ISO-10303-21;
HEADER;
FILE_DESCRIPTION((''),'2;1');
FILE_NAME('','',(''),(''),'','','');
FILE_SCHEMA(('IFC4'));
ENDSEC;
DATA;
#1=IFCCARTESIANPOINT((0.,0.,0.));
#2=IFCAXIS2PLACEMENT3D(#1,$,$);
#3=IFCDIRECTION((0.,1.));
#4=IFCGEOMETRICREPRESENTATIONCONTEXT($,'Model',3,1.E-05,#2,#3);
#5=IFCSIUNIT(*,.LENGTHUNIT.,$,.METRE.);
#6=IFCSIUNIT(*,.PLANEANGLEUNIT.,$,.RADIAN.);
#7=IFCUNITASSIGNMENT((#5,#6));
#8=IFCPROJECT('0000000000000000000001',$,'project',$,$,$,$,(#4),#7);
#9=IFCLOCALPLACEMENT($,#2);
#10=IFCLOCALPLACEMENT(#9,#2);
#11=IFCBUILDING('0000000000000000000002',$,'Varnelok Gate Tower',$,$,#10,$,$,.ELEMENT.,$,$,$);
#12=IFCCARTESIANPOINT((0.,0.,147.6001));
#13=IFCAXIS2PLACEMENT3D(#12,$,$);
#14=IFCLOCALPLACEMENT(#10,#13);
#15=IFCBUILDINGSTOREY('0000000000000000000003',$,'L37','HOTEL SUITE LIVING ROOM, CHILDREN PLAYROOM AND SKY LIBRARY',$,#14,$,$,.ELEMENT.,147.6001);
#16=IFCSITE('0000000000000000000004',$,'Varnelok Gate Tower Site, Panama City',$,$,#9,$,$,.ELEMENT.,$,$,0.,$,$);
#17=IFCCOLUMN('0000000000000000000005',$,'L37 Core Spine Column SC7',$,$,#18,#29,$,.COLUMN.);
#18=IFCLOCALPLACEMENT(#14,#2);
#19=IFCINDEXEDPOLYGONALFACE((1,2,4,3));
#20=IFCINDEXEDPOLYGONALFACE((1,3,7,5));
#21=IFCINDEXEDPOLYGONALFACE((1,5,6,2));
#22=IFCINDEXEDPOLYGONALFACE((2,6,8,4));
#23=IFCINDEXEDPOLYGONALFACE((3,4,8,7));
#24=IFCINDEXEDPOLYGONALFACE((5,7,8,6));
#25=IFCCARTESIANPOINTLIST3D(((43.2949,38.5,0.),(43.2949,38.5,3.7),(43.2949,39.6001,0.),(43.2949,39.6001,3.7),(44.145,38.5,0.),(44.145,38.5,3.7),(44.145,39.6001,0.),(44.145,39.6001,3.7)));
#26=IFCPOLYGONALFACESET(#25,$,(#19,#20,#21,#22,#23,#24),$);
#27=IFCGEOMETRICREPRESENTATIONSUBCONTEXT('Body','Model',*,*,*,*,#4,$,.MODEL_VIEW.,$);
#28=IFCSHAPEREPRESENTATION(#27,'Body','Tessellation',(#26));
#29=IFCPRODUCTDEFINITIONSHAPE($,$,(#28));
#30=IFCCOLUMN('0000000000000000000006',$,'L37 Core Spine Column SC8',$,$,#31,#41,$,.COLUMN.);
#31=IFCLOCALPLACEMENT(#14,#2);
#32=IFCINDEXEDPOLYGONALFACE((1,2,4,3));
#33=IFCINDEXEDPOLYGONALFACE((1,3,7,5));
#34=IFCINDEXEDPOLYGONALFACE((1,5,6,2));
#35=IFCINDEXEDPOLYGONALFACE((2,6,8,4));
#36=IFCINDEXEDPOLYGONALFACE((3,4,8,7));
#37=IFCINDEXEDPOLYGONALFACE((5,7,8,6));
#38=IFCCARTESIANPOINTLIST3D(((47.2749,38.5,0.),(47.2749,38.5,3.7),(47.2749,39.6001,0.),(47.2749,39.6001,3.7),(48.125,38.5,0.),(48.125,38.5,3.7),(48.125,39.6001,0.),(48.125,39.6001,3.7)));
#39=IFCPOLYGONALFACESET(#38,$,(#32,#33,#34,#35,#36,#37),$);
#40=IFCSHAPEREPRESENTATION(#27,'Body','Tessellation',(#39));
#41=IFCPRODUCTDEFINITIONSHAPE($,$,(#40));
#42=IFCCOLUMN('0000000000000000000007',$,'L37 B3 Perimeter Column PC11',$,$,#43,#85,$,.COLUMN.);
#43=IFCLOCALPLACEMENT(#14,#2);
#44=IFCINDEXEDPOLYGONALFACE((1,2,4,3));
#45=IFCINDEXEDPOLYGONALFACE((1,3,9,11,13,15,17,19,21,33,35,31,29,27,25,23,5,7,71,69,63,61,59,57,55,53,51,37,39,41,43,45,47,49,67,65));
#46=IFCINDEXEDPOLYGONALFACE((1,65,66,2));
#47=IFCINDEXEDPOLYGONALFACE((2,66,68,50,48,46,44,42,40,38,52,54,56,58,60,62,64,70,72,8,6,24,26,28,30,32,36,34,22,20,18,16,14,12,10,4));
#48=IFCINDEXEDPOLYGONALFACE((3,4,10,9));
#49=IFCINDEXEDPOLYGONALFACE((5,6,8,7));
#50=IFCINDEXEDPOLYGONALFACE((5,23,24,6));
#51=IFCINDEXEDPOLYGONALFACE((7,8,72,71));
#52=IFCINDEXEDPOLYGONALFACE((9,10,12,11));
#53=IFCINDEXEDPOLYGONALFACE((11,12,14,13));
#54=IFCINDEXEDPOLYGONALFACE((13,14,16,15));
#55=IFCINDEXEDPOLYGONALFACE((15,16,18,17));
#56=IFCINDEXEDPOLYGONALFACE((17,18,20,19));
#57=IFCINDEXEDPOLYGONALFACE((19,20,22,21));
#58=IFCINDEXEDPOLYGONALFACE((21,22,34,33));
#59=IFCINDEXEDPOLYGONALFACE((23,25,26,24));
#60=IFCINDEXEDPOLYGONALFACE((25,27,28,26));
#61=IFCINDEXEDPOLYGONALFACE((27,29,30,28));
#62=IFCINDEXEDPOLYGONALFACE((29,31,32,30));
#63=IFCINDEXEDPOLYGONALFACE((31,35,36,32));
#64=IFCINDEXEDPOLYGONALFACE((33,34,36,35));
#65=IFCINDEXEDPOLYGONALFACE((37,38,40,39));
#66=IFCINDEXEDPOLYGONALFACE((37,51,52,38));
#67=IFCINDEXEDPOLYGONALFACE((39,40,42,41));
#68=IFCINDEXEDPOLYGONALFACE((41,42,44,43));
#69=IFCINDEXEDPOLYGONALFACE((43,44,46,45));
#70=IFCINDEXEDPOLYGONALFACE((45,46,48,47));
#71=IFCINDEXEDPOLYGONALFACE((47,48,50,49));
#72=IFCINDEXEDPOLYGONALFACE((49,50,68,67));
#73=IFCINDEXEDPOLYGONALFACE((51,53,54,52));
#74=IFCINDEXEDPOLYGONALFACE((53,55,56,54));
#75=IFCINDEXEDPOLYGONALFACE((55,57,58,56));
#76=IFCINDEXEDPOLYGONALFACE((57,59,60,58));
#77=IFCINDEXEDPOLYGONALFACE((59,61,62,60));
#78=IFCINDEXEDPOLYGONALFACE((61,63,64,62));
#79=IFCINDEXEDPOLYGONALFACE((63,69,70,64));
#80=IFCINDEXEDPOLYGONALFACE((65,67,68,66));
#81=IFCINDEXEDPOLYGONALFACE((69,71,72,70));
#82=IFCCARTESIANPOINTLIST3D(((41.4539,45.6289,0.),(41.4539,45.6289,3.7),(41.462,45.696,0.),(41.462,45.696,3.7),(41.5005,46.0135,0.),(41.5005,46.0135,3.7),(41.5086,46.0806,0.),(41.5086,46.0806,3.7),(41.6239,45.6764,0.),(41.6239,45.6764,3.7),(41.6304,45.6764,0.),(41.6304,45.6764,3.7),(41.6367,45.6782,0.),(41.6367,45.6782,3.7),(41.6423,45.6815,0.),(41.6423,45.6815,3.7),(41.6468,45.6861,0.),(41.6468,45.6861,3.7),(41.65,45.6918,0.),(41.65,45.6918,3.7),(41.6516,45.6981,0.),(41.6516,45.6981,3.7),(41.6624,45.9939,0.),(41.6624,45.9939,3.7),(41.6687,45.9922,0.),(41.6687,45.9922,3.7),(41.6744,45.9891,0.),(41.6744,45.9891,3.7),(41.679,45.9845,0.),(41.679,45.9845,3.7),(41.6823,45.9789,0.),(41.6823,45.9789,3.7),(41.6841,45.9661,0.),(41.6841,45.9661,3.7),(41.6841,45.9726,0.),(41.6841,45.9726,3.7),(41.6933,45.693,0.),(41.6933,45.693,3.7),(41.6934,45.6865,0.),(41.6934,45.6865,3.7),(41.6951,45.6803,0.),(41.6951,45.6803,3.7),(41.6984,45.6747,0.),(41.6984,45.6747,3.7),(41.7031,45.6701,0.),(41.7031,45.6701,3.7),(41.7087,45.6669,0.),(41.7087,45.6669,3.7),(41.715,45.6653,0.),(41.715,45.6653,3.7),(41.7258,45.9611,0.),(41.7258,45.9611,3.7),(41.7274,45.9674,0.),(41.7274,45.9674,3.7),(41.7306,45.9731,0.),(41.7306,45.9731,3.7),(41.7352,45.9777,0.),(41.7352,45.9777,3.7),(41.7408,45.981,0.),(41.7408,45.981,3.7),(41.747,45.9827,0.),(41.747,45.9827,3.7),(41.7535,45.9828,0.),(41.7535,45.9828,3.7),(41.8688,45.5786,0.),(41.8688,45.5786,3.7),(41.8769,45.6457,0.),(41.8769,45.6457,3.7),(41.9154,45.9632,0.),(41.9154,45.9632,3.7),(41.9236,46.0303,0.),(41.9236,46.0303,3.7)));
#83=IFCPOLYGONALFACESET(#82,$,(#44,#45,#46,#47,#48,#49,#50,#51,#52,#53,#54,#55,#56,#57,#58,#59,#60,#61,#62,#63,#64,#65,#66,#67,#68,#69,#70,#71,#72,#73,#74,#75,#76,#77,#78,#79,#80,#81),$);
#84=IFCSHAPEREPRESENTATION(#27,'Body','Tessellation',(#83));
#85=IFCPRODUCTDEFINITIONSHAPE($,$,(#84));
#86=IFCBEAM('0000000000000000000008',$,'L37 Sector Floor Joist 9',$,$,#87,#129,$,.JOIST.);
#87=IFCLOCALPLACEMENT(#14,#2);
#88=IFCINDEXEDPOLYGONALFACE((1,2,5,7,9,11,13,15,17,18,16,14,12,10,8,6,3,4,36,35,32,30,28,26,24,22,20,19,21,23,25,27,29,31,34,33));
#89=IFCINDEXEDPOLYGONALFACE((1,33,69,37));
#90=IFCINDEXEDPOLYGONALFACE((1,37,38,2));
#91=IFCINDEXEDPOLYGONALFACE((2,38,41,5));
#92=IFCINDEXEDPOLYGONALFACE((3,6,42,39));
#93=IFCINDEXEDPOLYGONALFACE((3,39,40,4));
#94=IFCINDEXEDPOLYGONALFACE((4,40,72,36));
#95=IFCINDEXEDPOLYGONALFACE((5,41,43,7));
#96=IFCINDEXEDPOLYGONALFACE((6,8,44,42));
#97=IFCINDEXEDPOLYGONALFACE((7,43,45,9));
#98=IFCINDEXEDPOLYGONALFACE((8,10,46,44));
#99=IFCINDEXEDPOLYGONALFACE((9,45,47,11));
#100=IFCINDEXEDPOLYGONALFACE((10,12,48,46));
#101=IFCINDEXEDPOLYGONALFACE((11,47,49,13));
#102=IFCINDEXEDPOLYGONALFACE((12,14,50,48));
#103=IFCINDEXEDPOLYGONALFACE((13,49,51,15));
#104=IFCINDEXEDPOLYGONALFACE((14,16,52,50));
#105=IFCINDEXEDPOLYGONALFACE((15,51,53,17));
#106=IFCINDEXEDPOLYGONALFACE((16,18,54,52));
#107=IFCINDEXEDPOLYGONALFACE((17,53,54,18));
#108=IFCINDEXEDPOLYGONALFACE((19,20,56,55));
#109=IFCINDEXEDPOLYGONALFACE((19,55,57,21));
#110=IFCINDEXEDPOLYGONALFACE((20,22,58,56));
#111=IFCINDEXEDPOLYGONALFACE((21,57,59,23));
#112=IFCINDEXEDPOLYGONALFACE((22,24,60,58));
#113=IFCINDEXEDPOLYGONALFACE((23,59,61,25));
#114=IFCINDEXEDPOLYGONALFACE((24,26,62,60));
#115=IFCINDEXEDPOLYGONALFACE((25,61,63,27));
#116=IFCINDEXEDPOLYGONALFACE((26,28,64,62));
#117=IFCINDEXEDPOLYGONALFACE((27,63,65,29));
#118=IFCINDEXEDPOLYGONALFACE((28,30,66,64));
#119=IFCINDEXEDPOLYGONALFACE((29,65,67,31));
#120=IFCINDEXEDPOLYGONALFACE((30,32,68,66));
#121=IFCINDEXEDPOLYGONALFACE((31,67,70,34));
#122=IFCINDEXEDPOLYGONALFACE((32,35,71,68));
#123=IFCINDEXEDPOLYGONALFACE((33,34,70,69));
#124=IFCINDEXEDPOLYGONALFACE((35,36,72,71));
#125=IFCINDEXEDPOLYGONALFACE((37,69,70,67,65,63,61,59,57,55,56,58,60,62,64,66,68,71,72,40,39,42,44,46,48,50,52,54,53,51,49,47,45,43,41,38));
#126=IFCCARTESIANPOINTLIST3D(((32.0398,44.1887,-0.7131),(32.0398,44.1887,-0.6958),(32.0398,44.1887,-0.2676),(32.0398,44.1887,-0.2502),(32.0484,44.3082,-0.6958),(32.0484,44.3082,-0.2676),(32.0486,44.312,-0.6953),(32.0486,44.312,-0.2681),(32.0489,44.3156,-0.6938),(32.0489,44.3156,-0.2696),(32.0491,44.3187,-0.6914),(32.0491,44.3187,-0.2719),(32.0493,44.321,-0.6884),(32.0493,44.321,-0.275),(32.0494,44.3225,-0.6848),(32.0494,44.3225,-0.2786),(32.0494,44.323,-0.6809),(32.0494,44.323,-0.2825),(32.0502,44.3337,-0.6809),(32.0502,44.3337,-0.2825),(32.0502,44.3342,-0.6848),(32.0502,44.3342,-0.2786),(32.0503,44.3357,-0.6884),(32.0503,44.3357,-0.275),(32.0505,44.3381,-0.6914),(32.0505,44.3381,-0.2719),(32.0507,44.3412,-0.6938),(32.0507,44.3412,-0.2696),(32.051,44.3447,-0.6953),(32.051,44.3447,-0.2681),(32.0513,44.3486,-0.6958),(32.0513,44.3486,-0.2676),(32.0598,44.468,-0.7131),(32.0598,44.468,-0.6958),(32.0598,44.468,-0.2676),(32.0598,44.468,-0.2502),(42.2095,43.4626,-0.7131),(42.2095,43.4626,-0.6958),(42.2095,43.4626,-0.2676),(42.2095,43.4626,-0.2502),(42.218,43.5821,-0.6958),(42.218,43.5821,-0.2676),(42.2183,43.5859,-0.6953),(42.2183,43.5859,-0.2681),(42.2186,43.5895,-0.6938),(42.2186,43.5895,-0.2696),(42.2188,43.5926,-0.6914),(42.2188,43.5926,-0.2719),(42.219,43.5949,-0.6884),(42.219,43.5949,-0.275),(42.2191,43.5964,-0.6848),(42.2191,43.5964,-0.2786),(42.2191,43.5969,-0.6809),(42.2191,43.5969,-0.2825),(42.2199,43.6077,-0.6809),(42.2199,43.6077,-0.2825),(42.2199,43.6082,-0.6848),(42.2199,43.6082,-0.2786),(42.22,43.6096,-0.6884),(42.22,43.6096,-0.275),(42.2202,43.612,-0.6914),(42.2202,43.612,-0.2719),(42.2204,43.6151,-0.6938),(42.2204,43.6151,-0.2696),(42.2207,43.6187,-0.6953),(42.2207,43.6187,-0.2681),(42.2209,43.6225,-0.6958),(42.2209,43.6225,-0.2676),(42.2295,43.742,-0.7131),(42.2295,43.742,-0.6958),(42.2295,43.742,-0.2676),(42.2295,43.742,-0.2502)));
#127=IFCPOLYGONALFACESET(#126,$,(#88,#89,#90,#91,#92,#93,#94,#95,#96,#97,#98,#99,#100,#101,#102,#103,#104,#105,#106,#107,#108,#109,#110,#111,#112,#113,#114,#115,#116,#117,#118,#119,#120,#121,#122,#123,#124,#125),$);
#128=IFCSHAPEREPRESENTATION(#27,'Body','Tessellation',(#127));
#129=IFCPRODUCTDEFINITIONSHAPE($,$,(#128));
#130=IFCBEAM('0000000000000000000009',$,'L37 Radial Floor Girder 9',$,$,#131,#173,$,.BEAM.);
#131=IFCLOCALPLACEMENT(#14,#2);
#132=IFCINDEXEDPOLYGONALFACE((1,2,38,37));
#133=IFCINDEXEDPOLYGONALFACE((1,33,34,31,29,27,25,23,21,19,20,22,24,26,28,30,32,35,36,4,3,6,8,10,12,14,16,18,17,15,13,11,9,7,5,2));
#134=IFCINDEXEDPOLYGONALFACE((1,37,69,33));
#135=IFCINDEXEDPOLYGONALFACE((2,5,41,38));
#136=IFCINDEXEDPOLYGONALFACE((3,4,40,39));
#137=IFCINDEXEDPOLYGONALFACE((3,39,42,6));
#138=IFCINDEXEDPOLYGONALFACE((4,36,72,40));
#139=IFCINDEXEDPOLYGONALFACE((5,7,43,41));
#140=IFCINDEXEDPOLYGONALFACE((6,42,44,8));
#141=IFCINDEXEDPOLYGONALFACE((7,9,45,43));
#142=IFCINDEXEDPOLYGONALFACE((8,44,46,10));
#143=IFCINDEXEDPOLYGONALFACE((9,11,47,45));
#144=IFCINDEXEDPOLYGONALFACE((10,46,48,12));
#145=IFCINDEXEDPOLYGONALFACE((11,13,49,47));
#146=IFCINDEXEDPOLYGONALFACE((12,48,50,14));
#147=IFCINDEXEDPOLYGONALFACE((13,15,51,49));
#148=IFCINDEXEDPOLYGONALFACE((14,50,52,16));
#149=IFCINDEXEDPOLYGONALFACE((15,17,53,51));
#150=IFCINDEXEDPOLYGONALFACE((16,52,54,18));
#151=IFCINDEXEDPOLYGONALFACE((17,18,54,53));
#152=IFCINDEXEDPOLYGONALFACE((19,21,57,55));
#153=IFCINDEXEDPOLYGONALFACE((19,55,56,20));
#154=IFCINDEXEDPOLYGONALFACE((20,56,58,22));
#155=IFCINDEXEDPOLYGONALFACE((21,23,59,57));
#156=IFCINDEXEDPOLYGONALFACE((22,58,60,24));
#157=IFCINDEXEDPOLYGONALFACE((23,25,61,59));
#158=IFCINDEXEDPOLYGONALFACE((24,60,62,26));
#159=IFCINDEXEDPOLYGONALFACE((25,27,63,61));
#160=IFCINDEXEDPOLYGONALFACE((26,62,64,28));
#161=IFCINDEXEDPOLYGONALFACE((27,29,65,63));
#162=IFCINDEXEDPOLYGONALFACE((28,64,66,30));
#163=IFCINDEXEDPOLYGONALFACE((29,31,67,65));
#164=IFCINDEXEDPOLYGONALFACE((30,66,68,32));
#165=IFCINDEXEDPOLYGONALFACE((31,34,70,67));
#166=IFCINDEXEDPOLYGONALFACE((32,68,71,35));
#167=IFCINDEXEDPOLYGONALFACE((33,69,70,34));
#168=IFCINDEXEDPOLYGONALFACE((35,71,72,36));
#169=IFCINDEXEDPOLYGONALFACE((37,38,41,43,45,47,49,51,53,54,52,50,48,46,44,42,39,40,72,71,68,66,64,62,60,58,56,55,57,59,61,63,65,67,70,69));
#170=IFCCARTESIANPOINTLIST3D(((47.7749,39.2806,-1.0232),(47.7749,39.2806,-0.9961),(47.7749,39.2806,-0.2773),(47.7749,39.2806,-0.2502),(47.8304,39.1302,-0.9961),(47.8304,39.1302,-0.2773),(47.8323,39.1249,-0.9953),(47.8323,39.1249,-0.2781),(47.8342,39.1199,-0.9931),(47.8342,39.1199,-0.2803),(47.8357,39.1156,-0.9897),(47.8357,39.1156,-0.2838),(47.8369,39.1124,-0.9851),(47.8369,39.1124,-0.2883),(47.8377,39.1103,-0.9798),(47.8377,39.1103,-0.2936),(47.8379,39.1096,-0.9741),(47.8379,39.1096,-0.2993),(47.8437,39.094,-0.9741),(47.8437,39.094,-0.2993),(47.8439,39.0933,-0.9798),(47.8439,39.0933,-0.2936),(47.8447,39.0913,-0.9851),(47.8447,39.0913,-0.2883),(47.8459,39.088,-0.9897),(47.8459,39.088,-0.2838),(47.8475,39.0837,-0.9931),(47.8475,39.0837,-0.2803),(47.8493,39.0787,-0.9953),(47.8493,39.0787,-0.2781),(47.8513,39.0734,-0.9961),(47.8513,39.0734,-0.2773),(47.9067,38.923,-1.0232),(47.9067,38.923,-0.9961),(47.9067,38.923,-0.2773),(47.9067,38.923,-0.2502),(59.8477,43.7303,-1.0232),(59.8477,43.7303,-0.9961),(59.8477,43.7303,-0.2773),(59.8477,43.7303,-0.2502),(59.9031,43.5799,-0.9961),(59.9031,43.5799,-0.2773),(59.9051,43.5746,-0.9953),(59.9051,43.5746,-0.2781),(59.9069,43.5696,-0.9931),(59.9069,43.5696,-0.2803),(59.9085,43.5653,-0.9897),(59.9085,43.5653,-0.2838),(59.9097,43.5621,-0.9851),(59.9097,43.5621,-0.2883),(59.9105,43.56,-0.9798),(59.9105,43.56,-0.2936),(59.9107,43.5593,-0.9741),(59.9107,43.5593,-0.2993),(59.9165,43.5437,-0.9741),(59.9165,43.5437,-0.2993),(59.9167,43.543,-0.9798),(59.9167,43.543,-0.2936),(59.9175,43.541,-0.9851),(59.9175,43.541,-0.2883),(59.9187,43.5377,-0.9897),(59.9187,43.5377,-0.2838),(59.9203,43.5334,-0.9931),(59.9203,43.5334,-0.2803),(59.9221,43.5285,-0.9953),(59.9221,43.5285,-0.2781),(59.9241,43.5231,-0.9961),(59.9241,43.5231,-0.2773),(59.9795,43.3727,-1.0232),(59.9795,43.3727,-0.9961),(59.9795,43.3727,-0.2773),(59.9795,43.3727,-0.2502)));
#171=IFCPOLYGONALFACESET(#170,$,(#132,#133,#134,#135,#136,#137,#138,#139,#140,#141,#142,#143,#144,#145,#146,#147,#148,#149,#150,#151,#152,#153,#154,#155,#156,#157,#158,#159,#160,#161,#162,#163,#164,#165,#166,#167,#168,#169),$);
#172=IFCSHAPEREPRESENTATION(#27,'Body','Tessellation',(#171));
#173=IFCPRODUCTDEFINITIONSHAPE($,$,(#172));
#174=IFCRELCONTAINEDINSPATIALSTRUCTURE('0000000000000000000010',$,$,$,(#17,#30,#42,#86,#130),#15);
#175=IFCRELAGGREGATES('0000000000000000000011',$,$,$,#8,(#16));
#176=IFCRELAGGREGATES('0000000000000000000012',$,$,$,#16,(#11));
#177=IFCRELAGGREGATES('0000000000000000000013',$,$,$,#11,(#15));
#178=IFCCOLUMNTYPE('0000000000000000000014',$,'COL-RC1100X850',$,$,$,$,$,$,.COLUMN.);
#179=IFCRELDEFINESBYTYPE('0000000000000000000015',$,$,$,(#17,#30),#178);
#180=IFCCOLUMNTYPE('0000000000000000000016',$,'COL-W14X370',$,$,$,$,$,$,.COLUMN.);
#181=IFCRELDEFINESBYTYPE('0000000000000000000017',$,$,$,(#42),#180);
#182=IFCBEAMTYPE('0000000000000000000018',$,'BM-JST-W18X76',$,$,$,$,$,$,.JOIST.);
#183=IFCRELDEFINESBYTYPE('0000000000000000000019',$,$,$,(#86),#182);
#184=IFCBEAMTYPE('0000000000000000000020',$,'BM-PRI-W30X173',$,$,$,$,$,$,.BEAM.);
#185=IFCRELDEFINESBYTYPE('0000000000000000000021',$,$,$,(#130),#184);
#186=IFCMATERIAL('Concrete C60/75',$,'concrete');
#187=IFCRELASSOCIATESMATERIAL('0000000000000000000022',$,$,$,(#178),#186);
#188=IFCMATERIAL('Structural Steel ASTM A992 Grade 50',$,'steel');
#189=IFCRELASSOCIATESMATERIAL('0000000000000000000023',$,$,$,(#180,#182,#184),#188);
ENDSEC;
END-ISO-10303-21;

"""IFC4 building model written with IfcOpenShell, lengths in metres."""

from ifc_helpers import new_model, si_unit, direction, frame, origin, origin_2d, place, context, subcontext, project, spatial, rectangle, i_section, extrude, material, material_profile, profile_set, type_object, element, save


model = new_model("IFC4")

# Units and contexts
model_context = context("Model", 3, precision=1e-05, world=origin(), true_north=direction((0.0, 1.0)))
body_context = subcontext(model_context, "Body", "Model", "MODEL_VIEW")
ifc_project = project(units=[si_unit("LENGTHUNIT", "METRE"), si_unit("PLANEANGLEUNIT", "RADIAN")], contexts=[model_context])

# Site, building, storey
site_placement = place(None, origin())
site = spatial("IfcSite", under=ifc_project, at=site_placement, Name="Varnelok Gate Tower Site, Panama City", CompositionType="ELEMENT", RefElevation=0.0)
building_placement = place(site_placement, origin())
building = spatial("IfcBuilding", under=site, at=building_placement, Name="Varnelok Gate Tower", CompositionType="ELEMENT")
storey_placement = place(building_placement, frame((0.0, 0.0, 147.6001)))
storey = spatial("IfcBuildingStorey", under=building, at=storey_placement, Name="L37", Description="HOTEL SUITE LIVING ROOM, CHILDREN PLAYROOM AND SKY LIBRARY", CompositionType="ELEMENT", Elevation=147.6001)

# Columns
ifc_material_1 = material(Name="Concrete C60/75", Category="concrete")
ifc_material_profile_1 = material_profile(ifc_material_1, rectangle(XDim=0.8501, YDim=1.1001, at=origin_2d()), Name="RC1100X850")
ifc_profile_set_1 = profile_set([ifc_material_profile_1], Name="Concrete C60/75")
column_type_1 = type_object("IfcColumnType", Name="COL-RC1100X850", PredefinedType="COLUMN", material=ifc_profile_set_1)
for number, where, z_axis, x_axis, name in (
    (1, (43.72, 39.05, 0.0), (0.0, 0.0, 1.0), (1.0, 0.0, 0.0), "L37 Core Spine Column SC7"),
    (2, (47.7, 39.05, 0.0), (0.0, 0.0, 1.0), (1.0, 0.0, 0.0), "L37 Core Spine Column SC8"),
):
    element("IfcColumn", number, at=place(storey_placement, frame(where, z_axis=z_axis, x_axis=x_axis)), inside=storey, type_object=column_type_1, Name=name, PredefinedType="COLUMN", context=body_context, shape_type="SweptSolid", body=[
        extrude(rectangle(XDim=0.8501, YDim=1.1001, at=origin_2d()), origin(), (0.0, 0.0, 1.0), 3.7),
    ])
ifc_material_2 = material(Name="Structural Steel ASTM A992 Grade 50", Category="steel")
ifc_material_profile_2 = material_profile(ifc_material_2, i_section(OverallWidth=0.418, OverallDepth=0.4551, WebThickness=0.042, FlangeThickness=0.0676, FilletRadius=0.0249, at=origin_2d()), Name="W14X370")
ifc_profile_set_2 = profile_set([ifc_material_profile_2], Name="Structural Steel ASTM A992 Grade 50")
column_type_2 = type_object("IfcColumnType", Name="COL-W14X370", PredefinedType="COLUMN", material=ifc_profile_set_2)
column_placement = place(storey_placement, frame((41.6887, 45.8296, 0.0), z_axis=(0.0, 0.0, 1.0), x_axis=(0.992732, -0.120345, 0.0)))
element("IfcColumn", 3, at=column_placement, inside=storey, type_object=column_type_2, Name="L37 B3 Perimeter Column PC11", PredefinedType="COLUMN", context=body_context, shape_type="SweptSolid", body=[
    extrude(i_section(OverallWidth=0.418, OverallDepth=0.4551, WebThickness=0.042, FlangeThickness=0.0676, FilletRadius=0.0249, at=origin_2d()), origin(), (0.0, 0.0, 1.0), 3.7),
])

# Beams
ifc_material_profile_3 = material_profile(ifc_material_2, i_section(OverallWidth=0.28, OverallDepth=0.4629, WebThickness=0.0107, FlangeThickness=0.0173, FilletRadius=0.0149, at=origin_2d()), Name="W18X76")
ifc_profile_set_3 = profile_set([ifc_material_profile_3], Name="Structural Steel ASTM A992 Grade 50")
beam_type_1 = type_object("IfcBeamType", Name="BM-JST-W18X76", PredefinedType="JOIST", material=ifc_profile_set_3)
beam_1_placement = place(storey_placement, frame((42.2195, 43.6023, -0.4817), z_axis=(-0.997461, 0.071215, 0.0), x_axis=(-0.071215, -0.997461, 0.0)))
element("IfcBeam", 4, at=beam_1_placement, inside=storey, type_object=beam_type_1, Name="L37 Sector Floor Joist 9", PredefinedType="JOIST", context=body_context, shape_type="SweptSolid", body=[
    extrude(i_section(OverallWidth=0.28, OverallDepth=0.4629, WebThickness=0.0107, FlangeThickness=0.0173, FilletRadius=0.0149, at=origin_2d()), origin(), (0.0, 0.0, 1.0), 10.1956),
])
ifc_material_profile_4 = material_profile(ifc_material_2, i_section(OverallWidth=0.3811, OverallDepth=0.7729, WebThickness=0.0166, FlangeThickness=0.0271, FilletRadius=0.022, at=origin_2d()), Name="W30X173")
ifc_profile_set_4 = profile_set([ifc_material_profile_4], Name="Structural Steel ASTM A992 Grade 50")
beam_type_2 = type_object("IfcBeamType", Name="BM-PRI-W30X173", PredefinedType="BEAM", material=ifc_profile_set_4)
beam_2_placement = place(storey_placement, frame((47.8408, 39.1018, -0.6367), z_axis=(0.938296, 0.345832, 0.0), x_axis=(-0.345832, 0.938296, 0.0)))
element("IfcBeam", 5, at=beam_2_placement, inside=storey, type_object=beam_type_2, Name="L37 Radial Floor Girder 9", PredefinedType="BEAM", context=body_context, shape_type="SweptSolid", body=[
    extrude(i_section(OverallWidth=0.3811, OverallDepth=0.7729, WebThickness=0.0166, FlangeThickness=0.0271, FilletRadius=0.022, at=origin_2d()), origin(), (0.0, 0.0, 1.0), 12.8667),
])

save(model, "model.ifc")
